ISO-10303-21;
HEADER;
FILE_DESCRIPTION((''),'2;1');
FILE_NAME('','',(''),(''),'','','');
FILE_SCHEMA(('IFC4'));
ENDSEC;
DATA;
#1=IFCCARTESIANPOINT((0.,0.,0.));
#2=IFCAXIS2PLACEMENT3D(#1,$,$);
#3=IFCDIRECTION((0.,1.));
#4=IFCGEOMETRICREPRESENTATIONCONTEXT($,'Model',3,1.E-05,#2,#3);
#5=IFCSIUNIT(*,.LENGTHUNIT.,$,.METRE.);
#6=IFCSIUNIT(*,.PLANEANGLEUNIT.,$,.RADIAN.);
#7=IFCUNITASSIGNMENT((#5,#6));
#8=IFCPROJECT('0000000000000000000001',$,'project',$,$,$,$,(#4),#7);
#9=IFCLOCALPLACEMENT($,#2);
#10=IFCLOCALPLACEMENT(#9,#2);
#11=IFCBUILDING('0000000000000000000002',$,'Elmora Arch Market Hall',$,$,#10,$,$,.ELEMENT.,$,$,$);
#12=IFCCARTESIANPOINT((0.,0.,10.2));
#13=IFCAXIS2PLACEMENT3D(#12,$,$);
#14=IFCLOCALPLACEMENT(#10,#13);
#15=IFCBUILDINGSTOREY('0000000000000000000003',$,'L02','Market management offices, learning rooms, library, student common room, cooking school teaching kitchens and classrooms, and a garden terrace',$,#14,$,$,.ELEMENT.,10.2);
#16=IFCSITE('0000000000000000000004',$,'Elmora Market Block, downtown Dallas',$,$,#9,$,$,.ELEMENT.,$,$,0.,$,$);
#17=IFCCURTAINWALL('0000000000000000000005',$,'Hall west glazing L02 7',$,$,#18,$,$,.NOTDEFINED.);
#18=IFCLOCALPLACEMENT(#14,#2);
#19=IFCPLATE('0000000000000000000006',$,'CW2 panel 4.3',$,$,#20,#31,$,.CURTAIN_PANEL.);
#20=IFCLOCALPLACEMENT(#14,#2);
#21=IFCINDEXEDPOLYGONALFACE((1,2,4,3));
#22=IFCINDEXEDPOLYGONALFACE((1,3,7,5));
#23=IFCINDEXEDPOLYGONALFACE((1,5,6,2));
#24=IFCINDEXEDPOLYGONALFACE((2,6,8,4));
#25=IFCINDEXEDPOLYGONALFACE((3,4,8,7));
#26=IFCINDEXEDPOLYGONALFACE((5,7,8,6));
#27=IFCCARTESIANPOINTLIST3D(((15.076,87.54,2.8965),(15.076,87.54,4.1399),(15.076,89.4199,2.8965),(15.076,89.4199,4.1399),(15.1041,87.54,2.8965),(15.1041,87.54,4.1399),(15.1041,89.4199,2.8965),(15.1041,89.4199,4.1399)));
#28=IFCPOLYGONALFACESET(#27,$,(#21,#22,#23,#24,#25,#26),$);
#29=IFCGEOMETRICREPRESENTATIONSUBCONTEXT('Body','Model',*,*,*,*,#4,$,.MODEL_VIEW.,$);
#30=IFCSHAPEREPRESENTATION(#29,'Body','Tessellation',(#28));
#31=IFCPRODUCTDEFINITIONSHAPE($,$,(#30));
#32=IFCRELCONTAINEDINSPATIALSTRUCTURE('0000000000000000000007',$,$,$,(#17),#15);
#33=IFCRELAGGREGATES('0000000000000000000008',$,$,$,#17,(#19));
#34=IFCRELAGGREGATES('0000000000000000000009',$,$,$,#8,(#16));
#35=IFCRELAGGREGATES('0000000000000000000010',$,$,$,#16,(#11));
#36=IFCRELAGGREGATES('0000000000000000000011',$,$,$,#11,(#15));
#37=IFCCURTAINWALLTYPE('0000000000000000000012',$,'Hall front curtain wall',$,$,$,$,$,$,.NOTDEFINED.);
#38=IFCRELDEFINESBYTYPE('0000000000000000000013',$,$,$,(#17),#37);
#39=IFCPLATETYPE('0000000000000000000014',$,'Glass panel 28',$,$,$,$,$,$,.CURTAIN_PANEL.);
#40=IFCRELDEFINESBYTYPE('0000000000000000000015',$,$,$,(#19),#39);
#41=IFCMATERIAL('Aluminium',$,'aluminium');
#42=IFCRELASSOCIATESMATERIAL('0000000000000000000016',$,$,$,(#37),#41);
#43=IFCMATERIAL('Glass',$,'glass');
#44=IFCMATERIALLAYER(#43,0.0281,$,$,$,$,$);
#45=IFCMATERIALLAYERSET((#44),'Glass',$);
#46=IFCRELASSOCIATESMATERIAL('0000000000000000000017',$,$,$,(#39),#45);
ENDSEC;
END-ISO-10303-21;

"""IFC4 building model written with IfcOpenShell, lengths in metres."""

from ifc_helpers import new_model, si_unit, direction, frame, origin, origin_2d, place, context, subcontext, project, spatial, rectangle, extrude, material, layer, layer_set, type_object, element, aggregate, save


model = new_model("IFC4")

# Units and contexts
model_context = context("Model", 3, precision=1e-05, world=origin(), true_north=direction((0.0, 1.0)))
body_context = subcontext(model_context, "Body", "Model", "MODEL_VIEW")
ifc_project = project(units=[si_unit("LENGTHUNIT", "METRE"), si_unit("PLANEANGLEUNIT", "RADIAN")], contexts=[model_context])

# Site, building, storey
site_placement = place(None, origin())
site = spatial("IfcSite", under=ifc_project, at=site_placement, Name="Elmora Market Block, downtown Dallas", CompositionType="ELEMENT", RefElevation=0.0)
building_placement = place(site_placement, origin())
building = spatial("IfcBuilding", under=site, at=building_placement, Name="Elmora Arch Market Hall", CompositionType="ELEMENT")
storey_placement = place(building_placement, frame((0.0, 0.0, 10.2)))
storey = spatial("IfcBuildingStorey", under=building, at=storey_placement, Name="L02", Description="Market management offices, learning rooms, library, student common room, cooking school teaching kitchens and classrooms, and a garden terrace", CompositionType="ELEMENT", Elevation=10.2)

# Curtain wall, plate
ifc_material_1 = material(Name="Aluminium", Category="aluminium")
curtain_wall_type = type_object("IfcCurtainWallType", Name="Hall front curtain wall", PredefinedType="NOTDEFINED", material=ifc_material_1)
curtain_wall_placement = place(storey_placement, origin())
curtain_wall = element("IfcCurtainWall", 1, at=curtain_wall_placement, inside=storey, type_object=curtain_wall_type, Name="Hall west glazing L02 7", PredefinedType="NOTDEFINED")
ifc_material_2 = material(Name="Glass", Category="glass")
ifc_layer = layer(ifc_material_2, 0.0281)
ifc_layer_set = layer_set([ifc_layer], Name="Glass")
plate_type = type_object("IfcPlateType", Name="Glass panel 28", PredefinedType="CURTAIN_PANEL", material=ifc_layer_set)
plate_1_placement = place(storey_placement, frame((15.0901, 88.48, 2.8965), z_axis=(0.0, 0.0, 1.0), x_axis=(0.0, 1.0, 0.0)))
plate_1 = element("IfcPlate", 2, at=plate_1_placement, type_object=plate_type, Name="CW2 panel 4.3", PredefinedType="CURTAIN_PANEL", context=body_context, shape_type="SweptSolid", body=[
    extrude(rectangle(XDim=1.8799, YDim=0.0281, at=origin_2d()), origin(), (0.0, 0.0, 1.0), 1.2434),
])
aggregate(curtain_wall, [plate_1])

save(model, "model.ifc")
